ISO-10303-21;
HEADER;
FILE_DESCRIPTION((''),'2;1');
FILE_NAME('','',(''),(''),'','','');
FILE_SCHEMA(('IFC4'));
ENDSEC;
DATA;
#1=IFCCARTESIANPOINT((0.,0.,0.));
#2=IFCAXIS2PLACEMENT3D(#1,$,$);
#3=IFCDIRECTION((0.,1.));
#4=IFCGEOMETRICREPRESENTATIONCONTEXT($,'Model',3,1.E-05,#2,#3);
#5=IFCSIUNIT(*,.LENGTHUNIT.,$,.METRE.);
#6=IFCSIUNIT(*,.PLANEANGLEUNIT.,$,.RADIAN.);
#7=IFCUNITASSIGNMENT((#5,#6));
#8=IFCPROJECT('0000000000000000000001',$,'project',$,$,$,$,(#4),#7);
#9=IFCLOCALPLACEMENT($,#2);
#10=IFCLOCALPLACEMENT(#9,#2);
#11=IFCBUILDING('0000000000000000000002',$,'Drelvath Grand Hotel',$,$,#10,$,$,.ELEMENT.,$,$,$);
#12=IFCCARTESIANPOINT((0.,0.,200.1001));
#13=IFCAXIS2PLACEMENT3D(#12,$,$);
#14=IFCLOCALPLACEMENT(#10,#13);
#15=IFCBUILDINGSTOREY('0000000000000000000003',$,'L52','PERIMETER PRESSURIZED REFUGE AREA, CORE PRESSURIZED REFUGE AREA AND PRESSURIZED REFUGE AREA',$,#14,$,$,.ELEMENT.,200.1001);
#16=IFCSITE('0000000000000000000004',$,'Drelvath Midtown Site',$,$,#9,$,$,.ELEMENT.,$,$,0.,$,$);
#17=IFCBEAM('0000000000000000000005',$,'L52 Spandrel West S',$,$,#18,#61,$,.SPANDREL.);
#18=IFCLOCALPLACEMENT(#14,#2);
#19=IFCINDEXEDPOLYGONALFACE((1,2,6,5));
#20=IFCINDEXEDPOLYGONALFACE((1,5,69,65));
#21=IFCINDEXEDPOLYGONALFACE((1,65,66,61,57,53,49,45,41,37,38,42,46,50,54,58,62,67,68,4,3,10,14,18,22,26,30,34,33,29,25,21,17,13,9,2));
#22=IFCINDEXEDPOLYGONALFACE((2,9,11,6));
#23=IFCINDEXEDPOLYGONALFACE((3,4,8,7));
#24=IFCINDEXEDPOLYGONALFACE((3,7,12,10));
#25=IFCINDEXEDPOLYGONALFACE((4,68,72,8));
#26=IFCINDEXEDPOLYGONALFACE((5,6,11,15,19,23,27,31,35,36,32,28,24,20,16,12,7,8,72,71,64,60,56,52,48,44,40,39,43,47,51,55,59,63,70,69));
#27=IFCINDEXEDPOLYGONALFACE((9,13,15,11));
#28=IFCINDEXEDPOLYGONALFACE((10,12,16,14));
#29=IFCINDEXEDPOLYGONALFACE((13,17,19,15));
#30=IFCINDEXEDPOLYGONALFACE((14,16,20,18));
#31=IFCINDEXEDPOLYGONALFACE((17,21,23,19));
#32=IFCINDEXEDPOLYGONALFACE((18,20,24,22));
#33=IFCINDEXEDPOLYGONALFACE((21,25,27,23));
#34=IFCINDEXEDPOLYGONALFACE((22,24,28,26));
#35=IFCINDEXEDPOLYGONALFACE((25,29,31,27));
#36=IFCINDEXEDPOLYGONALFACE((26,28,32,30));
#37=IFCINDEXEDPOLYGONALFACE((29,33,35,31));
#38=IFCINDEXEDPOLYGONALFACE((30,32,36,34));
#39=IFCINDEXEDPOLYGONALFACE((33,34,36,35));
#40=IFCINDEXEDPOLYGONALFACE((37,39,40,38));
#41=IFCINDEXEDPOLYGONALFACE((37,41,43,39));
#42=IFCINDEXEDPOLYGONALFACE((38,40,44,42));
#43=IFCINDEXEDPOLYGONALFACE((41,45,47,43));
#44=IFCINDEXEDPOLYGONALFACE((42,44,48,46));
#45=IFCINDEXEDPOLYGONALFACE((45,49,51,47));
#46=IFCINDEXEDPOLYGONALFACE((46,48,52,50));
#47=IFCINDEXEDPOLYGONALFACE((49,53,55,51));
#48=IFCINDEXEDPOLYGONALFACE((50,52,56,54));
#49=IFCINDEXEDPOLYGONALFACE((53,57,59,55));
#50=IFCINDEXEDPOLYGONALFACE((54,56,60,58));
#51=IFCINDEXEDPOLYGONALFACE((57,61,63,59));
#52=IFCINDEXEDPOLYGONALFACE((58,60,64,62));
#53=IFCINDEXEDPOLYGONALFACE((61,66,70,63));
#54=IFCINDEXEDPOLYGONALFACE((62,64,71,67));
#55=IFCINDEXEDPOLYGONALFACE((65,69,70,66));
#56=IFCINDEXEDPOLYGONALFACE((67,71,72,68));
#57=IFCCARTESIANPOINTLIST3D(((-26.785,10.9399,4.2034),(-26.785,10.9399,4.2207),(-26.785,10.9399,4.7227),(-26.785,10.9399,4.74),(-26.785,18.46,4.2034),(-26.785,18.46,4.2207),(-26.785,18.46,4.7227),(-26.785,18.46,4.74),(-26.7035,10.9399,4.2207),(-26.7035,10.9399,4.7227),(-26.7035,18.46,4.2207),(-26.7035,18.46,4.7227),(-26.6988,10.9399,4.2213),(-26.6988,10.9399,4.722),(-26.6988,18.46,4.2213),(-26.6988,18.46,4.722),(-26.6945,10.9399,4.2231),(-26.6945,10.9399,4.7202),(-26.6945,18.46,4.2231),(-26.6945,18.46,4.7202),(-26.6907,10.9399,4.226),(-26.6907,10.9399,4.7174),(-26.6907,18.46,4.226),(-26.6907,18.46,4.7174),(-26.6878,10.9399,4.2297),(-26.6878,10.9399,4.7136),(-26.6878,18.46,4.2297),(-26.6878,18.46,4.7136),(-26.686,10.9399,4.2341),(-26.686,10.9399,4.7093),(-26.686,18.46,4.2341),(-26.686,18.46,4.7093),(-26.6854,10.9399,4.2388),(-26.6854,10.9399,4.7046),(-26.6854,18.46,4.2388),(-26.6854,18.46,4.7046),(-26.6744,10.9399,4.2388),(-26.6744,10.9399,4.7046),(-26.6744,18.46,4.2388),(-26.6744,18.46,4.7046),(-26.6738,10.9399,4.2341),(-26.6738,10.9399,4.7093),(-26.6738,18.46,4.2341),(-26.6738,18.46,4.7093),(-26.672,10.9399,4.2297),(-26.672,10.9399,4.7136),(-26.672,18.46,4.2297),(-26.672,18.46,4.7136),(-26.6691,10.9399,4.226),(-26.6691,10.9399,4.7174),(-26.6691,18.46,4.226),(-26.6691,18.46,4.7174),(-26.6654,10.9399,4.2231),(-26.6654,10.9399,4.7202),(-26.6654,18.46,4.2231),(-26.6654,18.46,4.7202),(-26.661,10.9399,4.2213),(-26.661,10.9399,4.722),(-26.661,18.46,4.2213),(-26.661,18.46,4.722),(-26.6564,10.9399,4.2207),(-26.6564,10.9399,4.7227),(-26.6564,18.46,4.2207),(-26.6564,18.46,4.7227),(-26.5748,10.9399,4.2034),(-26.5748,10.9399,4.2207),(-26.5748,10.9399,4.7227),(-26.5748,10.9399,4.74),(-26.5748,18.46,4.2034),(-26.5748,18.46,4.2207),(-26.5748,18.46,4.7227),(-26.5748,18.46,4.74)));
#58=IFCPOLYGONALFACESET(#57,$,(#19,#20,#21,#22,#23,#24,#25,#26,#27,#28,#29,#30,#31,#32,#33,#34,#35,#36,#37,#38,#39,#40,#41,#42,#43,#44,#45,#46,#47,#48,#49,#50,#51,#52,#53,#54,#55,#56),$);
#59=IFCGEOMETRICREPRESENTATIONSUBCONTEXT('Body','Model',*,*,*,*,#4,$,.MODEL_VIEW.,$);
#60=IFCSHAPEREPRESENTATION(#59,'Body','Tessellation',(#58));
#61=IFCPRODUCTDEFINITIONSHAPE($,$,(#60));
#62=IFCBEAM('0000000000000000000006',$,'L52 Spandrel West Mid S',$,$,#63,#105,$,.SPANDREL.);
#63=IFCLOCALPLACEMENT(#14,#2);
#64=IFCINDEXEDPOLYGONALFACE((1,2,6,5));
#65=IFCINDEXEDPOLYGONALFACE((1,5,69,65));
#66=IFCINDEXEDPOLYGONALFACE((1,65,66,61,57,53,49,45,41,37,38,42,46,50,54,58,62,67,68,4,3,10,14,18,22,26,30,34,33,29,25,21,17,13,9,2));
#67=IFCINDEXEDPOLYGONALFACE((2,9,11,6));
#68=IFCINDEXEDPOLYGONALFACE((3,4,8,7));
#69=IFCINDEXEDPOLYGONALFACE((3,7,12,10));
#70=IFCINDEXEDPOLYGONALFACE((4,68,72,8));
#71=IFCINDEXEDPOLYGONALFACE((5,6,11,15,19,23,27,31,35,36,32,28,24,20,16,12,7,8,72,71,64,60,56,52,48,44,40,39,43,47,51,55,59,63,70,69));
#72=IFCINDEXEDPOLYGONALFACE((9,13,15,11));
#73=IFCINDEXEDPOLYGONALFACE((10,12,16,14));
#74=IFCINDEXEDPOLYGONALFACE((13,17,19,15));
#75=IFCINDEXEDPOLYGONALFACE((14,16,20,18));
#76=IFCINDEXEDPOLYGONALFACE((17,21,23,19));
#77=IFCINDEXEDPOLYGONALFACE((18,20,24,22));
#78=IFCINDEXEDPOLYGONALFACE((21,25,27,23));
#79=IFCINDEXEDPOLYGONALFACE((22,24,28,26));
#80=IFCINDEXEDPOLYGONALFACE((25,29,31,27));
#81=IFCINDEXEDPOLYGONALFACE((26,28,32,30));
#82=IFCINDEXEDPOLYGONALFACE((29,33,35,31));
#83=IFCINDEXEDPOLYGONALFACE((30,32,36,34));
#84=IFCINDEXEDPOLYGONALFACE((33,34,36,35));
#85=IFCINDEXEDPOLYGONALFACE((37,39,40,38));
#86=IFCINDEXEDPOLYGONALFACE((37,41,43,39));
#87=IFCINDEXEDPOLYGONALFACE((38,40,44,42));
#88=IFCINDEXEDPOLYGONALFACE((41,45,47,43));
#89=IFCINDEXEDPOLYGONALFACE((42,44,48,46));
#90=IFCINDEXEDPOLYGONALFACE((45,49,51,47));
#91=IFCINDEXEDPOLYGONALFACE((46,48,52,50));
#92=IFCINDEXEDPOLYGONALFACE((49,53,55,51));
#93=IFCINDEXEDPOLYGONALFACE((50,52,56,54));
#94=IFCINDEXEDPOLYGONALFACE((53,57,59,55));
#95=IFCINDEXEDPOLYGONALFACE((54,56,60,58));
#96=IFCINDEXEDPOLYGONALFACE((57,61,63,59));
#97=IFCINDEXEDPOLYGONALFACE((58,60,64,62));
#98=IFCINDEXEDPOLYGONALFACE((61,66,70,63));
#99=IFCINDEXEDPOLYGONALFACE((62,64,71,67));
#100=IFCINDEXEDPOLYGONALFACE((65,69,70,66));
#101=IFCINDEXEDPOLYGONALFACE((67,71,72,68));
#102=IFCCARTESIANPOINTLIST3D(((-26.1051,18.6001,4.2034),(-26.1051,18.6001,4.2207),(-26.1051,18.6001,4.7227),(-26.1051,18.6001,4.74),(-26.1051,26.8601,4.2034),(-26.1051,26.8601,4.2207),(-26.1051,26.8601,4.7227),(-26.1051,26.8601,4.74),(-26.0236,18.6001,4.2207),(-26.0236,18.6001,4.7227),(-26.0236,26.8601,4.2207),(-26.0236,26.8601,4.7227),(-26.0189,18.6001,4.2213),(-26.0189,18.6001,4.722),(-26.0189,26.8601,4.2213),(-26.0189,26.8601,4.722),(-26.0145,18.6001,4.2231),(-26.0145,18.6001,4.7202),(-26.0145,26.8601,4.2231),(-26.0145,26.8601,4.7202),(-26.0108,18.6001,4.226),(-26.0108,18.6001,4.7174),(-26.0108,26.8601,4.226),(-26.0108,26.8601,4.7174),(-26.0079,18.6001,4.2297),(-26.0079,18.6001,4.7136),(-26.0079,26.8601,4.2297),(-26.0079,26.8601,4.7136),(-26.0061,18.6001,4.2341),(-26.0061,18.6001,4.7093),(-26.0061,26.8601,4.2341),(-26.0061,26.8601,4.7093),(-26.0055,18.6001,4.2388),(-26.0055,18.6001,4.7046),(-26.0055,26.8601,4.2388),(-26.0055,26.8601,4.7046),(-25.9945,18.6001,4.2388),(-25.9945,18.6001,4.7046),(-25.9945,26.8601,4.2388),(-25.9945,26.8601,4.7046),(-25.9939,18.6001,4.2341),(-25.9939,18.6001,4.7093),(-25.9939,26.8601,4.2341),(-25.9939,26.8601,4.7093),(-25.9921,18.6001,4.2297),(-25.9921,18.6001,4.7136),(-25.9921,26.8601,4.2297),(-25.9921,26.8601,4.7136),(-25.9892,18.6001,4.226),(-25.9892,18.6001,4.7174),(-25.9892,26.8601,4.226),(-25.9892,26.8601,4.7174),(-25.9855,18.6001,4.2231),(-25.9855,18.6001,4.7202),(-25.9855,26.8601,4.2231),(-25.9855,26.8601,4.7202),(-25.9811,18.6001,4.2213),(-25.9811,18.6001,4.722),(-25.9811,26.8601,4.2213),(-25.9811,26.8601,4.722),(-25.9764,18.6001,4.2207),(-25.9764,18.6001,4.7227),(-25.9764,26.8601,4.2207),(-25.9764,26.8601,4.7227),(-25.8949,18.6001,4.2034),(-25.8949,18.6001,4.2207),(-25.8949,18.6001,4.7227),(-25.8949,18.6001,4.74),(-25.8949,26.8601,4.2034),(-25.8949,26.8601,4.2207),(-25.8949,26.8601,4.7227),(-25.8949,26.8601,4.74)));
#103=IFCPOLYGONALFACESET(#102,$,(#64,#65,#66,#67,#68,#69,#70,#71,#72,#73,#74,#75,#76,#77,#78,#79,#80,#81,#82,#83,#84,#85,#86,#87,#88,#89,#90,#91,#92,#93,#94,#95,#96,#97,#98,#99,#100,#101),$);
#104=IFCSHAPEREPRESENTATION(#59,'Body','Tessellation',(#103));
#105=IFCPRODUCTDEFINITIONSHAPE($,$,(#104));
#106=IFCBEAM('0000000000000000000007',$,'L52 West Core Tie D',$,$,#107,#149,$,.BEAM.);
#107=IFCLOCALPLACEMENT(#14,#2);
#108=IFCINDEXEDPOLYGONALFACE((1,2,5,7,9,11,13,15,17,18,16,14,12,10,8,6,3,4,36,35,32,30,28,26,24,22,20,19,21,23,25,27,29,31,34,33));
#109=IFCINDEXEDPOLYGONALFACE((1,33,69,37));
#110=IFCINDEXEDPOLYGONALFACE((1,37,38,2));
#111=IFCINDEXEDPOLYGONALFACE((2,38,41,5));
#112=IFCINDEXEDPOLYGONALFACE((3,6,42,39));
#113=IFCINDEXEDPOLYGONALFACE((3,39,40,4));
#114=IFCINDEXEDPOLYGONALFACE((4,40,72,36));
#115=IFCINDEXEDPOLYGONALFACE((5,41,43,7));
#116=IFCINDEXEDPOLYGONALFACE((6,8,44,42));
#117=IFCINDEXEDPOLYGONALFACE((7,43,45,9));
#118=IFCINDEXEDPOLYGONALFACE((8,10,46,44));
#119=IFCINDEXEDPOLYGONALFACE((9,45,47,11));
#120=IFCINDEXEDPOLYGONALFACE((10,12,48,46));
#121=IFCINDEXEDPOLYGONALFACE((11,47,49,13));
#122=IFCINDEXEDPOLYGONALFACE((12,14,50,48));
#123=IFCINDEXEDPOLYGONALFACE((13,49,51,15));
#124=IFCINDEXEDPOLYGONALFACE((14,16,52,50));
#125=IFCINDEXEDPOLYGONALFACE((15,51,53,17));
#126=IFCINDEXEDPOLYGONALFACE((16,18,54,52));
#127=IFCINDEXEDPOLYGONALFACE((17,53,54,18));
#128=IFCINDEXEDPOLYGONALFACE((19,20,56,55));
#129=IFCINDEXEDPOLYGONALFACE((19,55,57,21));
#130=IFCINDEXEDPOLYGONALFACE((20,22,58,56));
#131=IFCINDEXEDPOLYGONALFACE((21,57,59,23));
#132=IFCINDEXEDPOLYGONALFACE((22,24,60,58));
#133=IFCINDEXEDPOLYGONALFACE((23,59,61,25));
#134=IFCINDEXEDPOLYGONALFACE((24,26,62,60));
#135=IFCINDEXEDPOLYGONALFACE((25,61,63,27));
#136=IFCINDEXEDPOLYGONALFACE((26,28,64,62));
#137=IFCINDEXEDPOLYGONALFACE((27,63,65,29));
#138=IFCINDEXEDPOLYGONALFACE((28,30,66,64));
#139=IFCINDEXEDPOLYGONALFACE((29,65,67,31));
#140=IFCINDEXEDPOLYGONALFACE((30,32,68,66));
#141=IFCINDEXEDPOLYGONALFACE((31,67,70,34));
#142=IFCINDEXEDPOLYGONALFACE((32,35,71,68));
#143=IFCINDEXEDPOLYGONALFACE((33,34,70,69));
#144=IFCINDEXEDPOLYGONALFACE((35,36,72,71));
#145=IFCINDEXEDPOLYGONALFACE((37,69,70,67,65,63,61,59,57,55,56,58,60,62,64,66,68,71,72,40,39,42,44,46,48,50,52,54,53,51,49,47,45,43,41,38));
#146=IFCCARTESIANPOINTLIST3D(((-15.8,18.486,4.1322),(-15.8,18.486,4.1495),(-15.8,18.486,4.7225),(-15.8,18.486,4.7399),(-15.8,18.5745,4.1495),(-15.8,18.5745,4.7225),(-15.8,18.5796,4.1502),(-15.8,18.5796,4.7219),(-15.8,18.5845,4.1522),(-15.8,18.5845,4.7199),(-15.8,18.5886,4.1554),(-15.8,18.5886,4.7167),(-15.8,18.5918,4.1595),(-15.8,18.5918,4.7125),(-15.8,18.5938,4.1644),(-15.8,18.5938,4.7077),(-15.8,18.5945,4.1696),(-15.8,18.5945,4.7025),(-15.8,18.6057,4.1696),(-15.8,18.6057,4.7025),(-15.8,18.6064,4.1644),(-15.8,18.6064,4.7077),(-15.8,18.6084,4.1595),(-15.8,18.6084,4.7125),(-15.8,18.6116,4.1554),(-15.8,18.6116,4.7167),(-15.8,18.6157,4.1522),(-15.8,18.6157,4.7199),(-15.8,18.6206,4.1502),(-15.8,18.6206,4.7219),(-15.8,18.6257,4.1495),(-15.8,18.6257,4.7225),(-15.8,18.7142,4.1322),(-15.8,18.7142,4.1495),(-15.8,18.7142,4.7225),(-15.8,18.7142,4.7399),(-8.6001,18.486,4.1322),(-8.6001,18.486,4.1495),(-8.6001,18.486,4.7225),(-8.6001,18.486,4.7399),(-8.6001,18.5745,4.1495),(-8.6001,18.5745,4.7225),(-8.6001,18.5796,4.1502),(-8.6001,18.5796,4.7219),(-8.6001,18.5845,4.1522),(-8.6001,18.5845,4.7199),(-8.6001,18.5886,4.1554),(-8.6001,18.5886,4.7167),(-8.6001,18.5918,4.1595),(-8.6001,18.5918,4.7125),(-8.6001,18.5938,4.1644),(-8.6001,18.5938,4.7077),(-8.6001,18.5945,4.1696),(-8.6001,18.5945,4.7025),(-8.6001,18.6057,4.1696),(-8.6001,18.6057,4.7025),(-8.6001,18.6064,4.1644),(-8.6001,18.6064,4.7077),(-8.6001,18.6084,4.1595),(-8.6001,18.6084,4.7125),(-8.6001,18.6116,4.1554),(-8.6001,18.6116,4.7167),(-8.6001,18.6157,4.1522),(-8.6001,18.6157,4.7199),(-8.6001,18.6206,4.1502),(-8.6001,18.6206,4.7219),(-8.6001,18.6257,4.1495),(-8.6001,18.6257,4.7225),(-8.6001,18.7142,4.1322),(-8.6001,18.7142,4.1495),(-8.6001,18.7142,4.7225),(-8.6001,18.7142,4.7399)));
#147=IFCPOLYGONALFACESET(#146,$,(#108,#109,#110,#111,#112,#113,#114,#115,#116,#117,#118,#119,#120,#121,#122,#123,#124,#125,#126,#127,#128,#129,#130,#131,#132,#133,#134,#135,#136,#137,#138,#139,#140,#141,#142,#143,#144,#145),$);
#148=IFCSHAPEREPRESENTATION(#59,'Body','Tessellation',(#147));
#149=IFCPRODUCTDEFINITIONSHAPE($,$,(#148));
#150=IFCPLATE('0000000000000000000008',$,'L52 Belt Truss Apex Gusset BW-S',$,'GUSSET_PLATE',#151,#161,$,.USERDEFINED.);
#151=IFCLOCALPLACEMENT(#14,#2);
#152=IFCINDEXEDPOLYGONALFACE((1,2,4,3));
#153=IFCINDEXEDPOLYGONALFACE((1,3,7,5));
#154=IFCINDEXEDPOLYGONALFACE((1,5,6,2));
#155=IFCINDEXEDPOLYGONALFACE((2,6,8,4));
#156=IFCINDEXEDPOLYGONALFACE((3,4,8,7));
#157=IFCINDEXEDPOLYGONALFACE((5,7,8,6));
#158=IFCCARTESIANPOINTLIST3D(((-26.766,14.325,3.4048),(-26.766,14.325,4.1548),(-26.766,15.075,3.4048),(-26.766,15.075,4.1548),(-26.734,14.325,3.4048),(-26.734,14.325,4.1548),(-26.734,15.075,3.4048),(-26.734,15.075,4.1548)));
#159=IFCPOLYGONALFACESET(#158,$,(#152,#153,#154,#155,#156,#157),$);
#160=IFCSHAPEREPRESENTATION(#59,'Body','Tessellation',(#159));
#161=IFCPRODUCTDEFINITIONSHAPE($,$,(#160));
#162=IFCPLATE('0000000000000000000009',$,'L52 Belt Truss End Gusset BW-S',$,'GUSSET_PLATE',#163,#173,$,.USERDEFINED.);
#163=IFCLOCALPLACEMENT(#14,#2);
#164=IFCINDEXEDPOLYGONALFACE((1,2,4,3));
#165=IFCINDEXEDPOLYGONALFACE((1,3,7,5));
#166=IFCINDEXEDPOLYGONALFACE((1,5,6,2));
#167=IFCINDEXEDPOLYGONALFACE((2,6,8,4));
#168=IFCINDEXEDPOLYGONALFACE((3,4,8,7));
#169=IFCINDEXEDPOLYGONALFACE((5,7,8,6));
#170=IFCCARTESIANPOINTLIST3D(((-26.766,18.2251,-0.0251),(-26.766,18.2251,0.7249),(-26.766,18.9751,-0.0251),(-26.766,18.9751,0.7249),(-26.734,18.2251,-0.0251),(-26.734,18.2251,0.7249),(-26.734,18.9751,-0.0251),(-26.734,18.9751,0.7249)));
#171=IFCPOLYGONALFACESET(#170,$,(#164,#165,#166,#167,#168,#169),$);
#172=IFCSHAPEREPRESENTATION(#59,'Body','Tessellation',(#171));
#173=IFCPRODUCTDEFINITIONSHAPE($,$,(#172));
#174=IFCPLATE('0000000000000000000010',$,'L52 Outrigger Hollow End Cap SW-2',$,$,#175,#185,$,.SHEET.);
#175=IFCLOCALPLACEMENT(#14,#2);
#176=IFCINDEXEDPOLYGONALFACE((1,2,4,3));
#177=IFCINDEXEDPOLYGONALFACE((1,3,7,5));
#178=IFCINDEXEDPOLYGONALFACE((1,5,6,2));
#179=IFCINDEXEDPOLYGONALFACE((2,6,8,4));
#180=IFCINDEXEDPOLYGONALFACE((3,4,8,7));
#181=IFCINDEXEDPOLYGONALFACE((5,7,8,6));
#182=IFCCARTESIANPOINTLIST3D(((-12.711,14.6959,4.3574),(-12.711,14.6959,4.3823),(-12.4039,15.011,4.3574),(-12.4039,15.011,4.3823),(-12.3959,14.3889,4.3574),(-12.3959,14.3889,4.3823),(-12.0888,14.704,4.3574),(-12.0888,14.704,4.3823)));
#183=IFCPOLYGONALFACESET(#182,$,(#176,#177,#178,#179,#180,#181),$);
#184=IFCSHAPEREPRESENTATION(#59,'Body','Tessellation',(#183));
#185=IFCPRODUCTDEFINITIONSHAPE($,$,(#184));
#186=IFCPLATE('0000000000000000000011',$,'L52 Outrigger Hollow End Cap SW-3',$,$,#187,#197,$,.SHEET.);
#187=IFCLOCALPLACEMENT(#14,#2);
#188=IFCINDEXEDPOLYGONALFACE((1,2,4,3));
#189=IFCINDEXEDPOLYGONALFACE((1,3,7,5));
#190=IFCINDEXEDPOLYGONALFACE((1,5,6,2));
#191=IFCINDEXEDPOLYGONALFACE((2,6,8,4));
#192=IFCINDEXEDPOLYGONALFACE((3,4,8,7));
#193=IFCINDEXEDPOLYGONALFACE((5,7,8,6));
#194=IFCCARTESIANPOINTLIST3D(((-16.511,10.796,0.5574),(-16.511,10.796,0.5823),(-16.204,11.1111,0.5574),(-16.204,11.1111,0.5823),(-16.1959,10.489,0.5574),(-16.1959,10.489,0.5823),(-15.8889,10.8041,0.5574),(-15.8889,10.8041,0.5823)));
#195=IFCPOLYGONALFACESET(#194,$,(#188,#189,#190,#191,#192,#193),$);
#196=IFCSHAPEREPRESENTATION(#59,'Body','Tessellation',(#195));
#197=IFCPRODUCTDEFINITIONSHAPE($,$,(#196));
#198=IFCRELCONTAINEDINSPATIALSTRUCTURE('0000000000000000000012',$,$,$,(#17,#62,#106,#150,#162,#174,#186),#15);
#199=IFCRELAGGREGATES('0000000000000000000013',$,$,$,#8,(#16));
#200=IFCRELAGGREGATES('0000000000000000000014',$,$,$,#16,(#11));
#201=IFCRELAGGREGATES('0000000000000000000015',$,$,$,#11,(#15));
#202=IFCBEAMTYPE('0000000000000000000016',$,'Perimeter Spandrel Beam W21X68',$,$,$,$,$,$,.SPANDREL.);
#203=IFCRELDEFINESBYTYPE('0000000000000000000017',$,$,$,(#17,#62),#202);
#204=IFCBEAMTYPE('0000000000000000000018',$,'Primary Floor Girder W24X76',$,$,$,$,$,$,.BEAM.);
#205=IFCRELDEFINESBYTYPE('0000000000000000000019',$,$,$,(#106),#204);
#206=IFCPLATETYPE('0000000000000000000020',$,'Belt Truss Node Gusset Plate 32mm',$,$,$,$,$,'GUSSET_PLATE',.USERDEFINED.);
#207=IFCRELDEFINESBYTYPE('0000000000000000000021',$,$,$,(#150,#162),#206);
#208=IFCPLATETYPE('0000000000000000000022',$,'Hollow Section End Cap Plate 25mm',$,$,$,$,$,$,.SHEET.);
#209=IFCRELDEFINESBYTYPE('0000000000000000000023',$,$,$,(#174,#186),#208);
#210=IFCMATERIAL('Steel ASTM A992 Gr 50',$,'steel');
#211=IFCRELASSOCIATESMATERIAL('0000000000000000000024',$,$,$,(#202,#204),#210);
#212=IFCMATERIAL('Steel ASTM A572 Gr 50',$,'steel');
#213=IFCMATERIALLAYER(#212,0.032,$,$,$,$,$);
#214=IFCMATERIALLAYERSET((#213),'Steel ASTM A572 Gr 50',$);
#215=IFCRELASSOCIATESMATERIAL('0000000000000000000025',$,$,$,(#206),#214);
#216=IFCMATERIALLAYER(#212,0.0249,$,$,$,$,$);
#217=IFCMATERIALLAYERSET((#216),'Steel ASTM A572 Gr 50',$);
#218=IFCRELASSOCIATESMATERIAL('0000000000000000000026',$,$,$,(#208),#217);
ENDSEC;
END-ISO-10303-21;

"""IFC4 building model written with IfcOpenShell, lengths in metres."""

from ifc_helpers import new_model, si_unit, direction, frame, origin, origin_2d, place, context, subcontext, project, spatial, rectangle, i_section, extrude, material, layer, layer_set, material_profile, profile_set, type_object, element, save


model = new_model("IFC4")

# Units and contexts
model_context = context("Model", 3, precision=1e-05, world=origin(), true_north=direction((0.0, 1.0)))
body_context = subcontext(model_context, "Body", "Model", "MODEL_VIEW")
ifc_project = project(units=[si_unit("LENGTHUNIT", "METRE"), si_unit("PLANEANGLEUNIT", "RADIAN")], contexts=[model_context])

# Site, building, storey
site_placement = place(None, origin())
site = spatial("IfcSite", under=ifc_project, at=site_placement, Name="Drelvath Midtown Site", CompositionType="ELEMENT", RefElevation=0.0)
building_placement = place(site_placement, origin())
building = spatial("IfcBuilding", under=site, at=building_placement, Name="Drelvath Grand Hotel", CompositionType="ELEMENT")
storey_placement = place(building_placement, frame((0.0, 0.0, 200.1001)))
storey = spatial("IfcBuildingStorey", under=building, at=storey_placement, Name="L52", Description="PERIMETER PRESSURIZED REFUGE AREA, CORE PRESSURIZED REFUGE AREA AND PRESSURIZED REFUGE AREA", CompositionType="ELEMENT", Elevation=200.1001)

# Shared definitions
ifc_material_1 = material(Name="Steel ASTM A572 Gr 50", Category="steel")
ifc_material_2 = material(Name="Steel ASTM A992 Gr 50", Category="steel")

# Beams
ifc_material_profile_1 = material_profile(ifc_material_2, i_section(OverallWidth=0.2102, OverallDepth=0.5366, WebThickness=0.011, FlangeThickness=0.0173, FilletRadius=0.0181, at=origin_2d()), Name="W21X68")
ifc_profile_set_1 = profile_set([ifc_material_profile_1], Name="Steel ASTM A992 Gr 50")
beam_type_1 = type_object("IfcBeamType", Name="Perimeter Spandrel Beam W21X68", PredefinedType="SPANDREL", material=ifc_profile_set_1)
beam_1_placement = place(storey_placement, frame((-26.6799, 10.9399, 4.4717), z_axis=(0.0, 1.0, 0.0), x_axis=(-1.0, 0.0, 0.0)))
element("IfcBeam", 1, at=beam_1_placement, inside=storey, type_object=beam_type_1, Name="L52 Spandrel West S", PredefinedType="SPANDREL", context=body_context, shape_type="SweptSolid", body=[
    extrude(i_section(OverallWidth=0.2102, OverallDepth=0.5366, WebThickness=0.011, FlangeThickness=0.0173, FilletRadius=0.0181, at=origin_2d()), origin(), (0.0, 0.0, 1.0), 7.52),
])
beam_2_placement = place(storey_placement, frame((-26.0, 18.6001, 4.4717), z_axis=(0.0, 1.0, 0.0), x_axis=(-1.0, 0.0, 0.0)))
element("IfcBeam", 2, at=beam_2_placement, inside=storey, type_object=beam_type_1, Name="L52 Spandrel West Mid S", PredefinedType="SPANDREL", context=body_context, shape_type="SweptSolid", body=[
    extrude(i_section(OverallWidth=0.2102, OverallDepth=0.5366, WebThickness=0.011, FlangeThickness=0.0173, FilletRadius=0.0181, at=origin_2d()), origin(), (0.0, 0.0, 1.0), 8.26),
])
ifc_material_profile_2 = material_profile(ifc_material_2, i_section(OverallWidth=0.2283, OverallDepth=0.6077, WebThickness=0.0112, FlangeThickness=0.0173, FilletRadius=0.02, at=origin_2d()), Name="W24X76")
ifc_profile_set_2 = profile_set([ifc_material_profile_2], Name="Steel ASTM A992 Gr 50")
beam_type_2 = type_object("IfcBeamType", Name="Primary Floor Girder W24X76", PredefinedType="BEAM", material=ifc_profile_set_2)
beam_3_placement = place(storey_placement, frame((-15.8, 18.6001, 4.436), z_axis=(1.0, 0.0, 0.0), x_axis=(0.0, 1.0, 0.0)))
element("IfcBeam", 3, at=beam_3_placement, inside=storey, type_object=beam_type_2, Name="L52 West Core Tie D", PredefinedType="BEAM", context=body_context, shape_type="SweptSolid", body=[
    extrude(i_section(OverallWidth=0.2283, OverallDepth=0.6077, WebThickness=0.0112, FlangeThickness=0.0173, FilletRadius=0.02, at=origin_2d()), origin(), (0.0, 0.0, 1.0), 7.2),
])

# Plates
ifc_layer_1 = layer(ifc_material_1, 0.032)
ifc_layer_set_1 = layer_set([ifc_layer_1], Name="Steel ASTM A572 Gr 50")
plate_type_1 = type_object("IfcPlateType", Name="Belt Truss Node Gusset Plate 32mm", ElementType="GUSSET_PLATE", PredefinedType="USERDEFINED", material=ifc_layer_set_1)
for number, where, z_axis, x_axis, name in (
    (4, (-26.75, 14.7, 3.4048), (0.0, 0.0, 1.0), (0.0, 1.0, 0.0), "L52 Belt Truss Apex Gusset BW-S"),
    (5, (-26.75, 18.6001, -0.0251), (0.0, 0.0, 1.0), (0.0, 1.0, 0.0), "L52 Belt Truss End Gusset BW-S"),
):
    element("IfcPlate", number, at=place(storey_placement, frame(where, z_axis=z_axis, x_axis=x_axis)), inside=storey, type_object=plate_type_1, Name=name, ObjectType="GUSSET_PLATE", PredefinedType="USERDEFINED", context=body_context, shape_type="SweptSolid", body=[
        extrude(rectangle(XDim=0.75, YDim=0.032, at=origin_2d()), origin(), (0.0, 0.0, 1.0), 0.75),
    ])
ifc_layer_2 = layer(ifc_material_1, 0.0249)
ifc_layer_set_2 = layer_set([ifc_layer_2], Name="Steel ASTM A572 Gr 50")
plate_type_2 = type_object("IfcPlateType", Name="Hollow Section End Cap Plate 25mm", PredefinedType="SHEET", material=ifc_layer_set_2)
for number, where, z_axis, x_axis, name in (
    (6, (-12.3999, 14.7, 4.3574), (0.0, 0.0, 1.0), (-0.697865, -0.71623, 0.0), "L52 Outrigger Hollow End Cap SW-2"),
    (7, (-16.2, 10.8, 0.5574), (0.0, 0.0, 1.0), (-0.697865, -0.71623, 0.0), "L52 Outrigger Hollow End Cap SW-3"),
):
    element("IfcPlate", number, at=place(storey_placement, frame(where, z_axis=z_axis, x_axis=x_axis)), inside=storey, type_object=plate_type_2, Name=name, PredefinedType="SHEET", context=body_context, shape_type="SweptSolid", body=[
        extrude(rectangle(XDim=0.4399, YDim=0.4399, at=origin_2d()), origin(), (0.0, 0.0, 1.0), 0.0249),
    ])

save(model, "model.ifc")
